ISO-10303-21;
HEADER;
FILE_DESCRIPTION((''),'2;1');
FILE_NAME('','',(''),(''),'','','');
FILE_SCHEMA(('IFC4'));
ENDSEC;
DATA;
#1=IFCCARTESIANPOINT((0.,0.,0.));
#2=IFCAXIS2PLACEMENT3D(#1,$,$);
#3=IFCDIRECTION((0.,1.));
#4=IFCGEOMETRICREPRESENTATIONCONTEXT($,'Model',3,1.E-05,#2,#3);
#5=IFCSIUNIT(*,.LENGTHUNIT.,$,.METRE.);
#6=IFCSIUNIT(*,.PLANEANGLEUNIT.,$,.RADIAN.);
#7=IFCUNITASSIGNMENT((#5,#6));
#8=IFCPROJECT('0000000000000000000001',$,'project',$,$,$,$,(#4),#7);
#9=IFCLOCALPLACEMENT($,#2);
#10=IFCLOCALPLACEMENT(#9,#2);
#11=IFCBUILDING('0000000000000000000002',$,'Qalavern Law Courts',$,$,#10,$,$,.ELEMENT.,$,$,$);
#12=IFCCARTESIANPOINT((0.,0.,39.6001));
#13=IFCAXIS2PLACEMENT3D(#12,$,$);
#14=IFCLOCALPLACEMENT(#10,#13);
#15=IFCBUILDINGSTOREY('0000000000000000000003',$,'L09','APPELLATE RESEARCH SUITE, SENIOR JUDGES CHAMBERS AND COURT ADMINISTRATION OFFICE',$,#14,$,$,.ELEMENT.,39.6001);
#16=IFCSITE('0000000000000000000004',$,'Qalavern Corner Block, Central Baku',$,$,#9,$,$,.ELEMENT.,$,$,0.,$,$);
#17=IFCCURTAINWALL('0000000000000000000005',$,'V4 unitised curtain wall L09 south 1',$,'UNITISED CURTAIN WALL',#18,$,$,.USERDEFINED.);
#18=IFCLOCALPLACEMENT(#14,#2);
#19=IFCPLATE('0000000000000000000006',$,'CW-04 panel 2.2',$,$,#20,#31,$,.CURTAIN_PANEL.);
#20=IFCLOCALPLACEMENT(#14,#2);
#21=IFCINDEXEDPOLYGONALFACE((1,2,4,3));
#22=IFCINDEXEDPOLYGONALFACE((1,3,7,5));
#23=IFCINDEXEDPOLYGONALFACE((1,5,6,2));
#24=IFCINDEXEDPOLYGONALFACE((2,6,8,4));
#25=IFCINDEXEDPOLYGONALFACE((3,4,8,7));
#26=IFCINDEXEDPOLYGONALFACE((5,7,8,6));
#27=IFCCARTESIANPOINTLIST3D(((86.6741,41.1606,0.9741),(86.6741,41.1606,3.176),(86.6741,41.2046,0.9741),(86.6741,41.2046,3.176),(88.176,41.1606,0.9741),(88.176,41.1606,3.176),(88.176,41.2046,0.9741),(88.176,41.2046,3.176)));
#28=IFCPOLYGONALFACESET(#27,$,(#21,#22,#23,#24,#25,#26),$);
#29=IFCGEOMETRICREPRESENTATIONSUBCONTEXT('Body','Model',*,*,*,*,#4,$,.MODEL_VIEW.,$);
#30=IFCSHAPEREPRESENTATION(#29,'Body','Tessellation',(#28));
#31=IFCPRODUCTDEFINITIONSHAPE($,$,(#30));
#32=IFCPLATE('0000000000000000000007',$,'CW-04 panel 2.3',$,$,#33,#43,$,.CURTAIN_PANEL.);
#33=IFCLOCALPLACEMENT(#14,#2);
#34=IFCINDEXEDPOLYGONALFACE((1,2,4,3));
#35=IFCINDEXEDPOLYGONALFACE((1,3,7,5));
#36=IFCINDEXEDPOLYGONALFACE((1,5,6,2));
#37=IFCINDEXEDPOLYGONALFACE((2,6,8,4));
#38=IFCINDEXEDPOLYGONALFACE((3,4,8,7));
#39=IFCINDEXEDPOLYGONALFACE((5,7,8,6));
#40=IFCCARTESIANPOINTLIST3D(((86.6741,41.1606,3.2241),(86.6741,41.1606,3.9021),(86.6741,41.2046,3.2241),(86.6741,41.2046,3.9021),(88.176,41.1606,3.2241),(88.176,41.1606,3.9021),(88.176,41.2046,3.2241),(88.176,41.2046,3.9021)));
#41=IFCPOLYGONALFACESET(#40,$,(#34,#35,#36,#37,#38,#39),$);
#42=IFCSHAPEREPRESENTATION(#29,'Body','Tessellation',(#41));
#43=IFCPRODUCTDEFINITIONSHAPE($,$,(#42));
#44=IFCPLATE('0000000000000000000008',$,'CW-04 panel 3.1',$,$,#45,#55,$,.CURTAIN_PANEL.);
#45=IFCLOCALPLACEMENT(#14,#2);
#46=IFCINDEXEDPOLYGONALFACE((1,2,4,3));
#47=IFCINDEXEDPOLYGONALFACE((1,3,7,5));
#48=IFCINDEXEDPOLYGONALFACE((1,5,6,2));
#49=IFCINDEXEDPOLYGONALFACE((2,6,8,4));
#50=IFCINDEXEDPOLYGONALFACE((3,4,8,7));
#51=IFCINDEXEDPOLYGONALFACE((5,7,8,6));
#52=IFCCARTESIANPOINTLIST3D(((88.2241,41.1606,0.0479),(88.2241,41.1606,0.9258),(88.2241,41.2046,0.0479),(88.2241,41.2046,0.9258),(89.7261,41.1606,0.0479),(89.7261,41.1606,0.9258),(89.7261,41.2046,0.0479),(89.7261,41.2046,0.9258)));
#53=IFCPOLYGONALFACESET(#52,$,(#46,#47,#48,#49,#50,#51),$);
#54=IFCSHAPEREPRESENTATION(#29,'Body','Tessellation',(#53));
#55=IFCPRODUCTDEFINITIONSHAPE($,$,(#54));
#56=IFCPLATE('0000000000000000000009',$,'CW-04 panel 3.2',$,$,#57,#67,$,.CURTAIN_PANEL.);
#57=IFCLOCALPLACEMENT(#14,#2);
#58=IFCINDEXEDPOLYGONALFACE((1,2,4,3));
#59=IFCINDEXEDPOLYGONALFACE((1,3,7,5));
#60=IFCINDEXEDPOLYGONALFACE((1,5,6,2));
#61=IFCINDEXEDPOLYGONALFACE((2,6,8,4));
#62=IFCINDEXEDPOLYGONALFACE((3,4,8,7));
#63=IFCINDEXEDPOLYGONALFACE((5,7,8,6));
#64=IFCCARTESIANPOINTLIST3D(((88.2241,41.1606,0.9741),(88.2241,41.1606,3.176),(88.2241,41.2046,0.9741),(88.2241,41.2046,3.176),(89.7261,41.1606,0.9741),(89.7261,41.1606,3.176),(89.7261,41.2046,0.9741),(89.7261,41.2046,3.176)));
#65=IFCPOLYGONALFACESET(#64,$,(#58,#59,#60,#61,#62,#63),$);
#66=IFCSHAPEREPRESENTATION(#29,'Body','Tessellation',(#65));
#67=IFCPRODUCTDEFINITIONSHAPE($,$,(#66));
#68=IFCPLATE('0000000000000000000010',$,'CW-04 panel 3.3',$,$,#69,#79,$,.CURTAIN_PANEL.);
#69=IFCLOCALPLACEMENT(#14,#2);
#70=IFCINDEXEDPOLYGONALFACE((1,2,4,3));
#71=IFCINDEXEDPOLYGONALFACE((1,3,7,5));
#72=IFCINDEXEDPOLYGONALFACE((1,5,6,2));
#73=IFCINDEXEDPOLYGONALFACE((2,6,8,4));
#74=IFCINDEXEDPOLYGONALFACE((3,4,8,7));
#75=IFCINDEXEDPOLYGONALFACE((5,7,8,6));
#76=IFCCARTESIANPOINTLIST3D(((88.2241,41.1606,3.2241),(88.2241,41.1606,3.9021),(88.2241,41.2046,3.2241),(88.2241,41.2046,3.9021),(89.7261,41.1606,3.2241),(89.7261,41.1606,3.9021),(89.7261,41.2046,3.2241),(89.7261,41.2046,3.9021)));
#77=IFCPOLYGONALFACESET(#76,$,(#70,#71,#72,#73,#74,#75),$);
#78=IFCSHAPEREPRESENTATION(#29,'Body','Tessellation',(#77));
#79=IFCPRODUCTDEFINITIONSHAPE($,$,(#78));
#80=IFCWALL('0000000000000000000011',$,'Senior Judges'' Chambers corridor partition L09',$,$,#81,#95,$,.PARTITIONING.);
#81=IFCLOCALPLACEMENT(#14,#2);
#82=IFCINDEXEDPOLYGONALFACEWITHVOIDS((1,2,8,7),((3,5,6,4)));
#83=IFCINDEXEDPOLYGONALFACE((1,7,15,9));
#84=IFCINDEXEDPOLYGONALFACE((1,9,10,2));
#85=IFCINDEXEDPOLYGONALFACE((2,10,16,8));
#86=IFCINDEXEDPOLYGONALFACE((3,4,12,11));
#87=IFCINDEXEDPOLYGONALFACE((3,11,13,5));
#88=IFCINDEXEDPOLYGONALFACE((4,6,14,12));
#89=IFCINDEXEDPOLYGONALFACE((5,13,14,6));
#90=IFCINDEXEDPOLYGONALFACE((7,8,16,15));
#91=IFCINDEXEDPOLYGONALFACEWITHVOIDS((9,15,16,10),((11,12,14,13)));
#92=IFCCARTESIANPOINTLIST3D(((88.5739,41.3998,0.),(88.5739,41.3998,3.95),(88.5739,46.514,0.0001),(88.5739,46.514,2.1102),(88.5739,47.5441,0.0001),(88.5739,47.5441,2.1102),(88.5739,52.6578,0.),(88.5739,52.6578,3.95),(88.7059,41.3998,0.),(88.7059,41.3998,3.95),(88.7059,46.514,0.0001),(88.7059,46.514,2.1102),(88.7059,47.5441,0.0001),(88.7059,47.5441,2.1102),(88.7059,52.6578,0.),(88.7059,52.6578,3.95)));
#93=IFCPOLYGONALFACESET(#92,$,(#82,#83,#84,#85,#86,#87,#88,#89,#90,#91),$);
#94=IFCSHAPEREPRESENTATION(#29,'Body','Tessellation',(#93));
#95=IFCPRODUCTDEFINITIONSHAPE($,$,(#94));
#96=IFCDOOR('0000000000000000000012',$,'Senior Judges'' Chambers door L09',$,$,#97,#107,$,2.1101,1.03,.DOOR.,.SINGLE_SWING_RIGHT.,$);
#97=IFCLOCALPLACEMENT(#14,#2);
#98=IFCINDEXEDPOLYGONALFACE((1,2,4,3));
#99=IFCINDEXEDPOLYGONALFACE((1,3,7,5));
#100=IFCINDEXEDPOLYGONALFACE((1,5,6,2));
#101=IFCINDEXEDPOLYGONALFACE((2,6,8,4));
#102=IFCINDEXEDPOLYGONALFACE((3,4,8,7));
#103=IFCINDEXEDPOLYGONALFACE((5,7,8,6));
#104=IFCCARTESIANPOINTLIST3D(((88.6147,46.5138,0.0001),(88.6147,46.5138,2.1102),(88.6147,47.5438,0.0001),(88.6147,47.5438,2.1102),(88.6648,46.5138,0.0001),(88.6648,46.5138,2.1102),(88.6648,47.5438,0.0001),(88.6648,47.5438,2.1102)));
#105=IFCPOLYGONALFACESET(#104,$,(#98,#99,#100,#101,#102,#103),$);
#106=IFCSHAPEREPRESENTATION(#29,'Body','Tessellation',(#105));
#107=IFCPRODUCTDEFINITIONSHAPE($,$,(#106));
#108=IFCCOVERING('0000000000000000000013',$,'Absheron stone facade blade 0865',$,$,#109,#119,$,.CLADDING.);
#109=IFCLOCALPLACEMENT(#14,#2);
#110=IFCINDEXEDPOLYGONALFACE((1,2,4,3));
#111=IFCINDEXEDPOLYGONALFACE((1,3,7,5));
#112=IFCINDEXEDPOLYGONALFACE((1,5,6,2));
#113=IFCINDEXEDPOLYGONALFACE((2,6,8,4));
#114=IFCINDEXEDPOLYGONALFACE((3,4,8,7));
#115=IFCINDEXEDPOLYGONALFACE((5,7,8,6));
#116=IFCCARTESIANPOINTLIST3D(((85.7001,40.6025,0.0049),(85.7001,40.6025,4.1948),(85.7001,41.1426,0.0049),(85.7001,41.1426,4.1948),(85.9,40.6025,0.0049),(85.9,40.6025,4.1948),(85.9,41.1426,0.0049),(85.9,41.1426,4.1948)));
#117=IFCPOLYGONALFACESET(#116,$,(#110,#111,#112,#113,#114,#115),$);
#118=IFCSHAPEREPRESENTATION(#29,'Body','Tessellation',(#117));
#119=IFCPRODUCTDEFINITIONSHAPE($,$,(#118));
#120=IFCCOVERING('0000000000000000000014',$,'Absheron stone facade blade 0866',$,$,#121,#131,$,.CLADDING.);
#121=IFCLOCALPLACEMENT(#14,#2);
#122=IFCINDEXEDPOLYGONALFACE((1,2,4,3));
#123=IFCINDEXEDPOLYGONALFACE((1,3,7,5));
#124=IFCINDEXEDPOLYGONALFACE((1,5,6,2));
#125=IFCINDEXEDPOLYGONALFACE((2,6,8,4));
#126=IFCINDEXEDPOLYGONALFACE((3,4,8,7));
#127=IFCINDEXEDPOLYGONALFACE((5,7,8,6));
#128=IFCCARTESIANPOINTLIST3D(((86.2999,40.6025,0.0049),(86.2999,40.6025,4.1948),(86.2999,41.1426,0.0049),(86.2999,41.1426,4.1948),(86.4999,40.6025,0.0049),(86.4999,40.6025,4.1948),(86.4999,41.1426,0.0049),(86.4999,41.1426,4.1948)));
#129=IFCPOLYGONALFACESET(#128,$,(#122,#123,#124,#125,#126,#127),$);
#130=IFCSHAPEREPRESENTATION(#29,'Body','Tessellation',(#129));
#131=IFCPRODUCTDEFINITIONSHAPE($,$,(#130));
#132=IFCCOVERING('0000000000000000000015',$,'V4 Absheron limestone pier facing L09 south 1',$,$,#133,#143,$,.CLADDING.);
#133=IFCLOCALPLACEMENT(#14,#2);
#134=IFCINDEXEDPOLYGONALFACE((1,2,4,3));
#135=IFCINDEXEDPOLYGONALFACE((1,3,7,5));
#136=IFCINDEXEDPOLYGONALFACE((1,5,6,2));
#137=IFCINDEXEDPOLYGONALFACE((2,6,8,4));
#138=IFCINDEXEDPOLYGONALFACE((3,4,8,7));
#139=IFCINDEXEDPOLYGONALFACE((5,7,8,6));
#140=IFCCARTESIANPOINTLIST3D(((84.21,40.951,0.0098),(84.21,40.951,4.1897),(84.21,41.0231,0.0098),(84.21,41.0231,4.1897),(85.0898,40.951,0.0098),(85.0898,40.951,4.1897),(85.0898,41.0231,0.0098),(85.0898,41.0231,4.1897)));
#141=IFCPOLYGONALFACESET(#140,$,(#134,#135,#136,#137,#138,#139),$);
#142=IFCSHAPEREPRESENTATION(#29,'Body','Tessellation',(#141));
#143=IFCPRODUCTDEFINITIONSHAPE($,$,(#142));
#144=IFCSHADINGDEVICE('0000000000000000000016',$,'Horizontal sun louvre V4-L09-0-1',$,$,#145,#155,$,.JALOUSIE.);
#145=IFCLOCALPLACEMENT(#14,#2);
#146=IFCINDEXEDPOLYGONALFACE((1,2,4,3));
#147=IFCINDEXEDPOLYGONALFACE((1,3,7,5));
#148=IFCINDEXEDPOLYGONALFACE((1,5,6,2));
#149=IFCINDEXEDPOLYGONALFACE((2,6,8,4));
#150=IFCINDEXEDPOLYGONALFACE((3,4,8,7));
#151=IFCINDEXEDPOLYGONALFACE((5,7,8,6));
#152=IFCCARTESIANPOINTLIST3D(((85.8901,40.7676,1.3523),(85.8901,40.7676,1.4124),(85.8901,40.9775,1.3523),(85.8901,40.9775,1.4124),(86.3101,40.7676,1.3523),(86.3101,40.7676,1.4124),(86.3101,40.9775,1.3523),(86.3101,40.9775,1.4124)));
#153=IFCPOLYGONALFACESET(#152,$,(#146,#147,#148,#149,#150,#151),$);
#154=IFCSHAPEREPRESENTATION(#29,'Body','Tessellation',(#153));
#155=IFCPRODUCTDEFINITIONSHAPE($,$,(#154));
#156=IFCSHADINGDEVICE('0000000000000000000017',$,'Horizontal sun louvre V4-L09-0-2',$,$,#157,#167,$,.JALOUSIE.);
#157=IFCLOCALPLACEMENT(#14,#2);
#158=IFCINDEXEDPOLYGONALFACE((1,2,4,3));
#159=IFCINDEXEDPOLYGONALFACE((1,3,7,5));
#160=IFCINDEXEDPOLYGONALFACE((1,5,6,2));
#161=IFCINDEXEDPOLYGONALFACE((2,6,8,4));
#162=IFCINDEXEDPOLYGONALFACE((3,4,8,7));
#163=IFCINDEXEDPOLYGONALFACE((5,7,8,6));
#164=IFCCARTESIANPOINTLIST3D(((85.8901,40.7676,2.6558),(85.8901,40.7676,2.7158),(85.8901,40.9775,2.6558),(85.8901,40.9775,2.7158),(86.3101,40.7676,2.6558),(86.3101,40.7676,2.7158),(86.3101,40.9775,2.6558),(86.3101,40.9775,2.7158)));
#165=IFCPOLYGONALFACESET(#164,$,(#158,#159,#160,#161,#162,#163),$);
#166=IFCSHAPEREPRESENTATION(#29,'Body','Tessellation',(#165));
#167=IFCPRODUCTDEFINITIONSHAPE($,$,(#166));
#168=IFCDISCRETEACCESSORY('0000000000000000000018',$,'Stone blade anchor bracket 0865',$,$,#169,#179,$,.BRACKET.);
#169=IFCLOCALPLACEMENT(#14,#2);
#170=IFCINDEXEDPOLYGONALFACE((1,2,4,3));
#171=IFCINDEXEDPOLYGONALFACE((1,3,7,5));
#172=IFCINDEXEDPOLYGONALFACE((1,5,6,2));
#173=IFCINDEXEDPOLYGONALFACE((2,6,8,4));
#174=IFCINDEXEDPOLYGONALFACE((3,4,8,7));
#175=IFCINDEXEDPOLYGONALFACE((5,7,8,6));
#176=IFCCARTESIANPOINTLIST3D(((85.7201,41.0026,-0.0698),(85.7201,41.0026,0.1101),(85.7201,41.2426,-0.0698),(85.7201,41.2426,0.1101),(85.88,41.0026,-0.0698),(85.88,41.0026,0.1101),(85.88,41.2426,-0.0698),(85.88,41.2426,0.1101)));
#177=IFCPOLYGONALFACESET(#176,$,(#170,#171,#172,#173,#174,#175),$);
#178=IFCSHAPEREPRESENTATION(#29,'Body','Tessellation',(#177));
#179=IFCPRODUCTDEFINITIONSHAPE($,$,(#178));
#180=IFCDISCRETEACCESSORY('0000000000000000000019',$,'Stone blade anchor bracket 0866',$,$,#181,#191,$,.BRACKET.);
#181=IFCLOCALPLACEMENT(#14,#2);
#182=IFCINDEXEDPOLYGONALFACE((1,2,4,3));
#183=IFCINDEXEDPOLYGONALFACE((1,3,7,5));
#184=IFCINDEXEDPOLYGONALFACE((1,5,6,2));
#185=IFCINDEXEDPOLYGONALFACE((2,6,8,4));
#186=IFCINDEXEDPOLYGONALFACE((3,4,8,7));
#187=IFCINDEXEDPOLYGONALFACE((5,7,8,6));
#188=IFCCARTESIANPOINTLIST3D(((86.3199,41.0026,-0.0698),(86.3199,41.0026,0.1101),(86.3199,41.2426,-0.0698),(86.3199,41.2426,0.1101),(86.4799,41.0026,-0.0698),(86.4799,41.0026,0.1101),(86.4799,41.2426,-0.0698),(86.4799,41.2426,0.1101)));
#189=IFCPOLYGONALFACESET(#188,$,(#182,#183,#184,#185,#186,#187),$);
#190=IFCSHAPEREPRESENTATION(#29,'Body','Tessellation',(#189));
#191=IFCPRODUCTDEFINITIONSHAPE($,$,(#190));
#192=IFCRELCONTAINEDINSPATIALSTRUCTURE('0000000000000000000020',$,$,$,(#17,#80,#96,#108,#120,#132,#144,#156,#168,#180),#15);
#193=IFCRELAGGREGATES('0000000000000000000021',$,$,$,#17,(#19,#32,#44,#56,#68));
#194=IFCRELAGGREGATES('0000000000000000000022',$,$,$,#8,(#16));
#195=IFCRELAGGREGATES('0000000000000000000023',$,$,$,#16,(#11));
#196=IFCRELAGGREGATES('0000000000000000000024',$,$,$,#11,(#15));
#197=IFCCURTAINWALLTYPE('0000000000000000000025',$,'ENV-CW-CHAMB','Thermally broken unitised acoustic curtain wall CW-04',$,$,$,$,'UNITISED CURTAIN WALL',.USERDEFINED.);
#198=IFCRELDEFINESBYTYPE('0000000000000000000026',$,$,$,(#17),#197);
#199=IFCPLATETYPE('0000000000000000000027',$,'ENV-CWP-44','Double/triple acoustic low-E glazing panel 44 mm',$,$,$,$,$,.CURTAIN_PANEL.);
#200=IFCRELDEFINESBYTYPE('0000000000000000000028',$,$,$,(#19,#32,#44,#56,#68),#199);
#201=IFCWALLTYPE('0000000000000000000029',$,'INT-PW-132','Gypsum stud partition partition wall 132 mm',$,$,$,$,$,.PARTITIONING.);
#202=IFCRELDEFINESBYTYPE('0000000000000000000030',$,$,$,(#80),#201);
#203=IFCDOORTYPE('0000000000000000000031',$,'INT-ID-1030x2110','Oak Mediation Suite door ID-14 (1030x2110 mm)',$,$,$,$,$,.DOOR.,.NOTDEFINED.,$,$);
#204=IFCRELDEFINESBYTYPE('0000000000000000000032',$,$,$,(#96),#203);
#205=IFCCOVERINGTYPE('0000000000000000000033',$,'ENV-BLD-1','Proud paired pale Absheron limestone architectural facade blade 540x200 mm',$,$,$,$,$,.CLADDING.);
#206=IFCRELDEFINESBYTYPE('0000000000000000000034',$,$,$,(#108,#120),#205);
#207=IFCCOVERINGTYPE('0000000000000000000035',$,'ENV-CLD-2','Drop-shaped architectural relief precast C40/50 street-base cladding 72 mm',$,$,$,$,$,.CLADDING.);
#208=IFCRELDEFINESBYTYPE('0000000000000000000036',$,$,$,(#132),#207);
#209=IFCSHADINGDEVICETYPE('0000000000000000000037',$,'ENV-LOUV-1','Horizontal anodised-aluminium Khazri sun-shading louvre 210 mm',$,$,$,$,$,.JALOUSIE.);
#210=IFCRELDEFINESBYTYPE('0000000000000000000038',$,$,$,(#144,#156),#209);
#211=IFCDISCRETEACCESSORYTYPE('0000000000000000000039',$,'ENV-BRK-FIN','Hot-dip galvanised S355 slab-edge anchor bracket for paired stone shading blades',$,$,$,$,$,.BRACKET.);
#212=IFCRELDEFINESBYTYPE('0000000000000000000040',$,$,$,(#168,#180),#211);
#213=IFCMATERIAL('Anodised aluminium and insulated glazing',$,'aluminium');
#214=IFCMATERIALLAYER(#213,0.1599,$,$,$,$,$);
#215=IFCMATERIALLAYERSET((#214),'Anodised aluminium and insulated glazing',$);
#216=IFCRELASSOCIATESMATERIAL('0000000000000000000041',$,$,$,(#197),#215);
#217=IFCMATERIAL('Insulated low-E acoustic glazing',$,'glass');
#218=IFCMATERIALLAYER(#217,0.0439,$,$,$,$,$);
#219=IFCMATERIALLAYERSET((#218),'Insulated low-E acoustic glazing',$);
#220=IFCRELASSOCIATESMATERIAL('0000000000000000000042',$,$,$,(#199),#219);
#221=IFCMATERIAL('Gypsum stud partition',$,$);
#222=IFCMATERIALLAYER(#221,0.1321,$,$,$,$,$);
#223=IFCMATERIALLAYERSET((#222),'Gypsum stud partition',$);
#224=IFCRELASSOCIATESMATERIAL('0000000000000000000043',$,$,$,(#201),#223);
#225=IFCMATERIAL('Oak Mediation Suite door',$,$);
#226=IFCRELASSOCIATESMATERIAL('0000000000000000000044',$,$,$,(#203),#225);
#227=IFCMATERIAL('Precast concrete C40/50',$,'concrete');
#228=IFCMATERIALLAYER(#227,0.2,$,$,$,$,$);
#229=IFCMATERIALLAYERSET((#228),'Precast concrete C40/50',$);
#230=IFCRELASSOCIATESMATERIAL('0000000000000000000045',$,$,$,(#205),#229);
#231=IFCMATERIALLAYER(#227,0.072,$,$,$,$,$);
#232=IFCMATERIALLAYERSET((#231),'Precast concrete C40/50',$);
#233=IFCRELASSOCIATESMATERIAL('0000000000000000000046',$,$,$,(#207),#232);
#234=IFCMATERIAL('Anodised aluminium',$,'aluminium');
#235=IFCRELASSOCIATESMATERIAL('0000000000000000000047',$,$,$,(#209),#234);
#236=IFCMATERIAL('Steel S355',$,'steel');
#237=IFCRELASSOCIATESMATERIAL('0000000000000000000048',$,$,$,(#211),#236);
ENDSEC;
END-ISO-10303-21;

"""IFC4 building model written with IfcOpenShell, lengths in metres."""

from ifc_helpers import new_model, si_unit, direction, frame, frame_2d, origin, origin_2d, place, context, subcontext, project, spatial, rectangle, extrude, material, layer, layer_set, type_object, element, fill, aggregate, save


model = new_model("IFC4")

# Units and contexts
model_context = context("Model", 3, precision=1e-05, world=origin(), true_north=direction((0.0, 1.0)))
body_context = subcontext(model_context, "Body", "Model", "MODEL_VIEW")
ifc_project = project(units=[si_unit("LENGTHUNIT", "METRE"), si_unit("PLANEANGLEUNIT", "RADIAN")], contexts=[model_context])

# Site, building, storey
site_placement = place(None, origin())
site = spatial("IfcSite", under=ifc_project, at=site_placement, Name="Qalavern Corner Block, Central Baku", CompositionType="ELEMENT", RefElevation=0.0)
building_placement = place(site_placement, origin())
building = spatial("IfcBuilding", under=site, at=building_placement, Name="Qalavern Law Courts", CompositionType="ELEMENT")
storey_placement = place(building_placement, frame((0.0, 0.0, 39.6001)))
storey = spatial("IfcBuildingStorey", under=building, at=storey_placement, Name="L09", Description="APPELLATE RESEARCH SUITE, SENIOR JUDGES CHAMBERS AND COURT ADMINISTRATION OFFICE", CompositionType="ELEMENT", Elevation=39.6001)

# Curtain wall, plates
ifc_material_1 = material(Name="Anodised aluminium and insulated glazing", Category="aluminium")
ifc_layer_1 = layer(ifc_material_1, 0.1599)
ifc_layer_set_1 = layer_set([ifc_layer_1], Name="Anodised aluminium and insulated glazing")
curtain_wall_type = type_object("IfcCurtainWallType", Name="ENV-CW-CHAMB", Description="Thermally broken unitised acoustic curtain wall CW-04", ElementType="UNITISED CURTAIN WALL", PredefinedType="USERDEFINED", material=ifc_layer_set_1)
curtain_wall_placement = place(storey_placement, origin())
curtain_wall = element("IfcCurtainWall", 1, at=curtain_wall_placement, inside=storey, type_object=curtain_wall_type, Name="V4 unitised curtain wall L09 south 1", ObjectType="UNITISED CURTAIN WALL", PredefinedType="USERDEFINED")
ifc_material_2 = material(Name="Anodised aluminium", Category="aluminium")
ifc_material_3 = material(Name="Insulated low-E acoustic glazing", Category="glass")
ifc_layer_2 = layer(ifc_material_3, 0.0439)
ifc_layer_set_2 = layer_set([ifc_layer_2], Name="Insulated low-E acoustic glazing")
plate_type = type_object("IfcPlateType", Name="ENV-CWP-44", Description="Double/triple acoustic low-E glazing panel 44 mm", PredefinedType="CURTAIN_PANEL", material=ifc_layer_set_2)
plate_1_placement = place(storey_placement, frame((87.425, 41.1826, 0.9741), z_axis=(0.0, 0.0, 1.0), x_axis=(1.0, 0.0, 0.0)))
plate_1 = element("IfcPlate", 2, at=plate_1_placement, type_object=plate_type, Name="CW-04 panel 2.2", PredefinedType="CURTAIN_PANEL", context=body_context, shape_type="SweptSolid", body=[
    extrude(rectangle(XDim=1.502, YDim=0.0439, at=origin_2d()), origin(), (0.0, 0.0, 1.0), 2.2019),
])
plate_2_placement = place(storey_placement, frame((87.425, 41.1826, 3.2241), z_axis=(0.0, 0.0, 1.0), x_axis=(1.0, 0.0, 0.0)))
plate_2 = element("IfcPlate", 3, at=plate_2_placement, type_object=plate_type, Name="CW-04 panel 2.3", PredefinedType="CURTAIN_PANEL", context=body_context, shape_type="SweptSolid", body=[
    extrude(rectangle(XDim=1.502, YDim=0.0439, at=origin_2d()), origin(), (0.0, 0.0, 1.0), 0.678),
])
plate_3_placement = place(storey_placement, frame((88.9751, 41.1826, 0.0479), z_axis=(0.0, 0.0, 1.0), x_axis=(1.0, 0.0, 0.0)))
plate_3 = element("IfcPlate", 4, at=plate_3_placement, type_object=plate_type, Name="CW-04 panel 3.1", PredefinedType="CURTAIN_PANEL", context=body_context, shape_type="SweptSolid", body=[
    extrude(rectangle(XDim=1.502, YDim=0.0439, at=origin_2d()), origin(), (0.0, 0.0, 1.0), 0.8779),
])
plate_4_placement = place(storey_placement, frame((88.9751, 41.1826, 0.9741), z_axis=(0.0, 0.0, 1.0), x_axis=(1.0, 0.0, 0.0)))
plate_4 = element("IfcPlate", 5, at=plate_4_placement, type_object=plate_type, Name="CW-04 panel 3.2", PredefinedType="CURTAIN_PANEL", context=body_context, shape_type="SweptSolid", body=[
    extrude(rectangle(XDim=1.502, YDim=0.0439, at=origin_2d()), origin(), (0.0, 0.0, 1.0), 2.2019),
])
plate_5_placement = place(storey_placement, frame((88.9751, 41.1826, 3.2241), z_axis=(0.0, 0.0, 1.0), x_axis=(1.0, 0.0, 0.0)))
plate_5 = element("IfcPlate", 6, at=plate_5_placement, type_object=plate_type, Name="CW-04 panel 3.3", PredefinedType="CURTAIN_PANEL", context=body_context, shape_type="SweptSolid", body=[
    extrude(rectangle(XDim=1.502, YDim=0.0439, at=origin_2d()), origin(), (0.0, 0.0, 1.0), 0.678),
])
aggregate(curtain_wall, [plate_1, plate_2, plate_3, plate_4, plate_5])

# Wall, opening, door
ifc_material_4 = material(Name="Gypsum stud partition")
ifc_layer_3 = layer(ifc_material_4, 0.1321)
ifc_layer_set_3 = layer_set([ifc_layer_3], Name="Gypsum stud partition")
wall_type = type_object("IfcWallType", Name="INT-PW-132", Description="Gypsum stud partition partition wall 132 mm", PredefinedType="PARTITIONING", material=ifc_layer_set_3)
wall_placement = place(storey_placement, frame((88.6399, 41.3999, 0.0), z_axis=(0.0, 0.0, 1.0), x_axis=(0.0, 1.0, 0.0)))
wall = element("IfcWall", 7, at=wall_placement, inside=storey, type_object=wall_type, Name="Senior Judges' Chambers corridor partition L09", PredefinedType="PARTITIONING", context=body_context, shape_type="SweptSolid", body=[
    extrude(rectangle(XDim=11.2581, YDim=0.1321, at=frame_2d((5.6289, 0.0))), origin(), (0.0, 0.0, 1.0), 3.95),
])
opening_placement = place(wall_placement, frame((5.114, 0.0, 0.0)))
opening = element("IfcOpeningElement", 8, at=opening_placement, cuts=wall, PredefinedType="OPENING", context=body_context, shape_type="SweptSolid", body=[
    extrude(rectangle(XDim=1.03, YDim=2.1101, at=frame_2d((0.5151, 1.0552))), frame((0.0, 0.0811, 0.0), z_axis=(0.0, -1.0, 0.0), x_axis=(1.0, 0.0, 0.0)), (0.0, 0.0, 1.0), 0.1619),
])
ifc_material_5 = material(Name="Oak Mediation Suite door")
door_type = type_object("IfcDoorType", Name="INT-ID-1030x2110", Description="Oak Mediation Suite door ID-14 (1030x2110 mm)", OperationType="NOTDEFINED", PredefinedType="DOOR", material=ifc_material_5)
door_placement = place(opening_placement, frame((1.03, 0.0, 0.0), z_axis=(0.0, 0.0, 1.0), x_axis=(-1.0, 0.0, 0.0)))
door = element("IfcDoor", 9, at=door_placement, inside=storey, type_object=door_type, Name="Senior Judges' Chambers door L09", OperationType="SINGLE_SWING_RIGHT", OverallHeight=2.1101, OverallWidth=1.03, PredefinedType="DOOR", context=body_context, shape_type="SweptSolid", body=[
    extrude(rectangle(XDim=1.03, YDim=2.1101, at=frame_2d((0.5151, 1.0552))), frame((0.0, 0.0249, 0.0), z_axis=(0.0, -1.0, 0.0), x_axis=(1.0, 0.0, 0.0)), (0.0, 0.0, 1.0), 0.05),
])
fill(opening, door)

# Coverings
ifc_material_6 = material(Name="Precast concrete C40/50", Category="concrete")
ifc_layer_4 = layer(ifc_material_6, 0.2)
ifc_layer_set_4 = layer_set([ifc_layer_4], Name="Precast concrete C40/50")
covering_type_1 = type_object("IfcCoveringType", Name="ENV-BLD-1", Description="Proud paired pale Absheron limestone architectural facade blade 540x200 mm", PredefinedType="CLADDING", material=ifc_layer_set_4)
for number, where, z_axis, x_axis, name in (
    (10, (85.8, 40.8726, 0.0049), (0.0, 0.0, 1.0), (0.0, -1.0, 0.0), "Absheron stone facade blade 0865"),
    (11, (86.3999, 40.8726, 0.0049), (0.0, 0.0, 1.0), (0.0, -1.0, 0.0), "Absheron stone facade blade 0866"),
):
    element("IfcCovering", number, at=place(storey_placement, frame(where, z_axis=z_axis, x_axis=x_axis)), inside=storey, type_object=covering_type_1, Name=name, PredefinedType="CLADDING", context=body_context, shape_type="SweptSolid", body=[
        extrude(rectangle(XDim=0.54, YDim=0.2, at=origin_2d()), origin(), (0.0, 0.0, 1.0), 4.1899),
    ])
ifc_layer_5 = layer(ifc_material_6, 0.072)
ifc_layer_set_5 = layer_set([ifc_layer_5], Name="Precast concrete C40/50")
covering_type_2 = type_object("IfcCoveringType", Name="ENV-CLD-2", Description="Drop-shaped architectural relief precast C40/50 street-base cladding 72 mm", PredefinedType="CLADDING", material=ifc_layer_set_5)
covering_placement = place(storey_placement, frame((84.6499, 40.9871, 0.0098), z_axis=(0.0, 0.0, 1.0), x_axis=(1.0, 0.0, 0.0)))
element("IfcCovering", 12, at=covering_placement, inside=storey, type_object=covering_type_2, Name="V4 Absheron limestone pier facing L09 south 1", PredefinedType="CLADDING", context=body_context, shape_type="SweptSolid", body=[
    extrude(rectangle(XDim=0.8799, YDim=0.072, at=origin_2d()), origin(), (0.0, 0.0, 1.0), 4.1799),
])

# Shading devices
shading_device_type = type_object("IfcShadingDeviceType", Name="ENV-LOUV-1", Description="Horizontal anodised-aluminium Khazri sun-shading louvre 210 mm", PredefinedType="JALOUSIE", material=ifc_material_2)
for number, where, z_axis, x_axis, name in (
    (13, (86.1001, 40.8726, 1.3523), (0.0, 0.0, 1.0), (1.0, 0.0, 0.0), "Horizontal sun louvre V4-L09-0-1"),
    (14, (86.1001, 40.8726, 2.6558), (0.0, 0.0, 1.0), (1.0, 0.0, 0.0), "Horizontal sun louvre V4-L09-0-2"),
):
    element("IfcShadingDevice", number, at=place(storey_placement, frame(where, z_axis=z_axis, x_axis=x_axis)), inside=storey, type_object=shading_device_type, Name=name, PredefinedType="JALOUSIE", context=body_context, shape_type="SweptSolid", body=[
        extrude(rectangle(XDim=0.4199, YDim=0.21, at=origin_2d()), origin(), (0.0, 0.0, 1.0), 0.0601),
    ])

# Discrete accessories
ifc_material_7 = material(Name="Steel S355", Category="steel")
discrete_accessory_type = type_object("IfcDiscreteAccessoryType", Name="ENV-BRK-FIN", Description="Hot-dip galvanised S355 slab-edge anchor bracket for paired stone shading blades", PredefinedType="BRACKET", material=ifc_material_7)
for number, where, z_axis, x_axis, name in (
    (15, (85.8, 41.1226, -0.0698), (0.0, 0.0, 1.0), (0.0, -1.0, 0.0), "Stone blade anchor bracket 0865"),
    (16, (86.3999, 41.1226, -0.0698), (0.0, 0.0, 1.0), (0.0, -1.0, 0.0), "Stone blade anchor bracket 0866"),
):
    element("IfcDiscreteAccessory", number, at=place(storey_placement, frame(where, z_axis=z_axis, x_axis=x_axis)), inside=storey, type_object=discrete_accessory_type, Name=name, PredefinedType="BRACKET", context=body_context, shape_type="SweptSolid", body=[
        extrude(rectangle(XDim=0.24, YDim=0.1599, at=origin_2d()), origin(), (0.0, 0.0, 1.0), 0.1799),
    ])

save(model, "model.ifc")
